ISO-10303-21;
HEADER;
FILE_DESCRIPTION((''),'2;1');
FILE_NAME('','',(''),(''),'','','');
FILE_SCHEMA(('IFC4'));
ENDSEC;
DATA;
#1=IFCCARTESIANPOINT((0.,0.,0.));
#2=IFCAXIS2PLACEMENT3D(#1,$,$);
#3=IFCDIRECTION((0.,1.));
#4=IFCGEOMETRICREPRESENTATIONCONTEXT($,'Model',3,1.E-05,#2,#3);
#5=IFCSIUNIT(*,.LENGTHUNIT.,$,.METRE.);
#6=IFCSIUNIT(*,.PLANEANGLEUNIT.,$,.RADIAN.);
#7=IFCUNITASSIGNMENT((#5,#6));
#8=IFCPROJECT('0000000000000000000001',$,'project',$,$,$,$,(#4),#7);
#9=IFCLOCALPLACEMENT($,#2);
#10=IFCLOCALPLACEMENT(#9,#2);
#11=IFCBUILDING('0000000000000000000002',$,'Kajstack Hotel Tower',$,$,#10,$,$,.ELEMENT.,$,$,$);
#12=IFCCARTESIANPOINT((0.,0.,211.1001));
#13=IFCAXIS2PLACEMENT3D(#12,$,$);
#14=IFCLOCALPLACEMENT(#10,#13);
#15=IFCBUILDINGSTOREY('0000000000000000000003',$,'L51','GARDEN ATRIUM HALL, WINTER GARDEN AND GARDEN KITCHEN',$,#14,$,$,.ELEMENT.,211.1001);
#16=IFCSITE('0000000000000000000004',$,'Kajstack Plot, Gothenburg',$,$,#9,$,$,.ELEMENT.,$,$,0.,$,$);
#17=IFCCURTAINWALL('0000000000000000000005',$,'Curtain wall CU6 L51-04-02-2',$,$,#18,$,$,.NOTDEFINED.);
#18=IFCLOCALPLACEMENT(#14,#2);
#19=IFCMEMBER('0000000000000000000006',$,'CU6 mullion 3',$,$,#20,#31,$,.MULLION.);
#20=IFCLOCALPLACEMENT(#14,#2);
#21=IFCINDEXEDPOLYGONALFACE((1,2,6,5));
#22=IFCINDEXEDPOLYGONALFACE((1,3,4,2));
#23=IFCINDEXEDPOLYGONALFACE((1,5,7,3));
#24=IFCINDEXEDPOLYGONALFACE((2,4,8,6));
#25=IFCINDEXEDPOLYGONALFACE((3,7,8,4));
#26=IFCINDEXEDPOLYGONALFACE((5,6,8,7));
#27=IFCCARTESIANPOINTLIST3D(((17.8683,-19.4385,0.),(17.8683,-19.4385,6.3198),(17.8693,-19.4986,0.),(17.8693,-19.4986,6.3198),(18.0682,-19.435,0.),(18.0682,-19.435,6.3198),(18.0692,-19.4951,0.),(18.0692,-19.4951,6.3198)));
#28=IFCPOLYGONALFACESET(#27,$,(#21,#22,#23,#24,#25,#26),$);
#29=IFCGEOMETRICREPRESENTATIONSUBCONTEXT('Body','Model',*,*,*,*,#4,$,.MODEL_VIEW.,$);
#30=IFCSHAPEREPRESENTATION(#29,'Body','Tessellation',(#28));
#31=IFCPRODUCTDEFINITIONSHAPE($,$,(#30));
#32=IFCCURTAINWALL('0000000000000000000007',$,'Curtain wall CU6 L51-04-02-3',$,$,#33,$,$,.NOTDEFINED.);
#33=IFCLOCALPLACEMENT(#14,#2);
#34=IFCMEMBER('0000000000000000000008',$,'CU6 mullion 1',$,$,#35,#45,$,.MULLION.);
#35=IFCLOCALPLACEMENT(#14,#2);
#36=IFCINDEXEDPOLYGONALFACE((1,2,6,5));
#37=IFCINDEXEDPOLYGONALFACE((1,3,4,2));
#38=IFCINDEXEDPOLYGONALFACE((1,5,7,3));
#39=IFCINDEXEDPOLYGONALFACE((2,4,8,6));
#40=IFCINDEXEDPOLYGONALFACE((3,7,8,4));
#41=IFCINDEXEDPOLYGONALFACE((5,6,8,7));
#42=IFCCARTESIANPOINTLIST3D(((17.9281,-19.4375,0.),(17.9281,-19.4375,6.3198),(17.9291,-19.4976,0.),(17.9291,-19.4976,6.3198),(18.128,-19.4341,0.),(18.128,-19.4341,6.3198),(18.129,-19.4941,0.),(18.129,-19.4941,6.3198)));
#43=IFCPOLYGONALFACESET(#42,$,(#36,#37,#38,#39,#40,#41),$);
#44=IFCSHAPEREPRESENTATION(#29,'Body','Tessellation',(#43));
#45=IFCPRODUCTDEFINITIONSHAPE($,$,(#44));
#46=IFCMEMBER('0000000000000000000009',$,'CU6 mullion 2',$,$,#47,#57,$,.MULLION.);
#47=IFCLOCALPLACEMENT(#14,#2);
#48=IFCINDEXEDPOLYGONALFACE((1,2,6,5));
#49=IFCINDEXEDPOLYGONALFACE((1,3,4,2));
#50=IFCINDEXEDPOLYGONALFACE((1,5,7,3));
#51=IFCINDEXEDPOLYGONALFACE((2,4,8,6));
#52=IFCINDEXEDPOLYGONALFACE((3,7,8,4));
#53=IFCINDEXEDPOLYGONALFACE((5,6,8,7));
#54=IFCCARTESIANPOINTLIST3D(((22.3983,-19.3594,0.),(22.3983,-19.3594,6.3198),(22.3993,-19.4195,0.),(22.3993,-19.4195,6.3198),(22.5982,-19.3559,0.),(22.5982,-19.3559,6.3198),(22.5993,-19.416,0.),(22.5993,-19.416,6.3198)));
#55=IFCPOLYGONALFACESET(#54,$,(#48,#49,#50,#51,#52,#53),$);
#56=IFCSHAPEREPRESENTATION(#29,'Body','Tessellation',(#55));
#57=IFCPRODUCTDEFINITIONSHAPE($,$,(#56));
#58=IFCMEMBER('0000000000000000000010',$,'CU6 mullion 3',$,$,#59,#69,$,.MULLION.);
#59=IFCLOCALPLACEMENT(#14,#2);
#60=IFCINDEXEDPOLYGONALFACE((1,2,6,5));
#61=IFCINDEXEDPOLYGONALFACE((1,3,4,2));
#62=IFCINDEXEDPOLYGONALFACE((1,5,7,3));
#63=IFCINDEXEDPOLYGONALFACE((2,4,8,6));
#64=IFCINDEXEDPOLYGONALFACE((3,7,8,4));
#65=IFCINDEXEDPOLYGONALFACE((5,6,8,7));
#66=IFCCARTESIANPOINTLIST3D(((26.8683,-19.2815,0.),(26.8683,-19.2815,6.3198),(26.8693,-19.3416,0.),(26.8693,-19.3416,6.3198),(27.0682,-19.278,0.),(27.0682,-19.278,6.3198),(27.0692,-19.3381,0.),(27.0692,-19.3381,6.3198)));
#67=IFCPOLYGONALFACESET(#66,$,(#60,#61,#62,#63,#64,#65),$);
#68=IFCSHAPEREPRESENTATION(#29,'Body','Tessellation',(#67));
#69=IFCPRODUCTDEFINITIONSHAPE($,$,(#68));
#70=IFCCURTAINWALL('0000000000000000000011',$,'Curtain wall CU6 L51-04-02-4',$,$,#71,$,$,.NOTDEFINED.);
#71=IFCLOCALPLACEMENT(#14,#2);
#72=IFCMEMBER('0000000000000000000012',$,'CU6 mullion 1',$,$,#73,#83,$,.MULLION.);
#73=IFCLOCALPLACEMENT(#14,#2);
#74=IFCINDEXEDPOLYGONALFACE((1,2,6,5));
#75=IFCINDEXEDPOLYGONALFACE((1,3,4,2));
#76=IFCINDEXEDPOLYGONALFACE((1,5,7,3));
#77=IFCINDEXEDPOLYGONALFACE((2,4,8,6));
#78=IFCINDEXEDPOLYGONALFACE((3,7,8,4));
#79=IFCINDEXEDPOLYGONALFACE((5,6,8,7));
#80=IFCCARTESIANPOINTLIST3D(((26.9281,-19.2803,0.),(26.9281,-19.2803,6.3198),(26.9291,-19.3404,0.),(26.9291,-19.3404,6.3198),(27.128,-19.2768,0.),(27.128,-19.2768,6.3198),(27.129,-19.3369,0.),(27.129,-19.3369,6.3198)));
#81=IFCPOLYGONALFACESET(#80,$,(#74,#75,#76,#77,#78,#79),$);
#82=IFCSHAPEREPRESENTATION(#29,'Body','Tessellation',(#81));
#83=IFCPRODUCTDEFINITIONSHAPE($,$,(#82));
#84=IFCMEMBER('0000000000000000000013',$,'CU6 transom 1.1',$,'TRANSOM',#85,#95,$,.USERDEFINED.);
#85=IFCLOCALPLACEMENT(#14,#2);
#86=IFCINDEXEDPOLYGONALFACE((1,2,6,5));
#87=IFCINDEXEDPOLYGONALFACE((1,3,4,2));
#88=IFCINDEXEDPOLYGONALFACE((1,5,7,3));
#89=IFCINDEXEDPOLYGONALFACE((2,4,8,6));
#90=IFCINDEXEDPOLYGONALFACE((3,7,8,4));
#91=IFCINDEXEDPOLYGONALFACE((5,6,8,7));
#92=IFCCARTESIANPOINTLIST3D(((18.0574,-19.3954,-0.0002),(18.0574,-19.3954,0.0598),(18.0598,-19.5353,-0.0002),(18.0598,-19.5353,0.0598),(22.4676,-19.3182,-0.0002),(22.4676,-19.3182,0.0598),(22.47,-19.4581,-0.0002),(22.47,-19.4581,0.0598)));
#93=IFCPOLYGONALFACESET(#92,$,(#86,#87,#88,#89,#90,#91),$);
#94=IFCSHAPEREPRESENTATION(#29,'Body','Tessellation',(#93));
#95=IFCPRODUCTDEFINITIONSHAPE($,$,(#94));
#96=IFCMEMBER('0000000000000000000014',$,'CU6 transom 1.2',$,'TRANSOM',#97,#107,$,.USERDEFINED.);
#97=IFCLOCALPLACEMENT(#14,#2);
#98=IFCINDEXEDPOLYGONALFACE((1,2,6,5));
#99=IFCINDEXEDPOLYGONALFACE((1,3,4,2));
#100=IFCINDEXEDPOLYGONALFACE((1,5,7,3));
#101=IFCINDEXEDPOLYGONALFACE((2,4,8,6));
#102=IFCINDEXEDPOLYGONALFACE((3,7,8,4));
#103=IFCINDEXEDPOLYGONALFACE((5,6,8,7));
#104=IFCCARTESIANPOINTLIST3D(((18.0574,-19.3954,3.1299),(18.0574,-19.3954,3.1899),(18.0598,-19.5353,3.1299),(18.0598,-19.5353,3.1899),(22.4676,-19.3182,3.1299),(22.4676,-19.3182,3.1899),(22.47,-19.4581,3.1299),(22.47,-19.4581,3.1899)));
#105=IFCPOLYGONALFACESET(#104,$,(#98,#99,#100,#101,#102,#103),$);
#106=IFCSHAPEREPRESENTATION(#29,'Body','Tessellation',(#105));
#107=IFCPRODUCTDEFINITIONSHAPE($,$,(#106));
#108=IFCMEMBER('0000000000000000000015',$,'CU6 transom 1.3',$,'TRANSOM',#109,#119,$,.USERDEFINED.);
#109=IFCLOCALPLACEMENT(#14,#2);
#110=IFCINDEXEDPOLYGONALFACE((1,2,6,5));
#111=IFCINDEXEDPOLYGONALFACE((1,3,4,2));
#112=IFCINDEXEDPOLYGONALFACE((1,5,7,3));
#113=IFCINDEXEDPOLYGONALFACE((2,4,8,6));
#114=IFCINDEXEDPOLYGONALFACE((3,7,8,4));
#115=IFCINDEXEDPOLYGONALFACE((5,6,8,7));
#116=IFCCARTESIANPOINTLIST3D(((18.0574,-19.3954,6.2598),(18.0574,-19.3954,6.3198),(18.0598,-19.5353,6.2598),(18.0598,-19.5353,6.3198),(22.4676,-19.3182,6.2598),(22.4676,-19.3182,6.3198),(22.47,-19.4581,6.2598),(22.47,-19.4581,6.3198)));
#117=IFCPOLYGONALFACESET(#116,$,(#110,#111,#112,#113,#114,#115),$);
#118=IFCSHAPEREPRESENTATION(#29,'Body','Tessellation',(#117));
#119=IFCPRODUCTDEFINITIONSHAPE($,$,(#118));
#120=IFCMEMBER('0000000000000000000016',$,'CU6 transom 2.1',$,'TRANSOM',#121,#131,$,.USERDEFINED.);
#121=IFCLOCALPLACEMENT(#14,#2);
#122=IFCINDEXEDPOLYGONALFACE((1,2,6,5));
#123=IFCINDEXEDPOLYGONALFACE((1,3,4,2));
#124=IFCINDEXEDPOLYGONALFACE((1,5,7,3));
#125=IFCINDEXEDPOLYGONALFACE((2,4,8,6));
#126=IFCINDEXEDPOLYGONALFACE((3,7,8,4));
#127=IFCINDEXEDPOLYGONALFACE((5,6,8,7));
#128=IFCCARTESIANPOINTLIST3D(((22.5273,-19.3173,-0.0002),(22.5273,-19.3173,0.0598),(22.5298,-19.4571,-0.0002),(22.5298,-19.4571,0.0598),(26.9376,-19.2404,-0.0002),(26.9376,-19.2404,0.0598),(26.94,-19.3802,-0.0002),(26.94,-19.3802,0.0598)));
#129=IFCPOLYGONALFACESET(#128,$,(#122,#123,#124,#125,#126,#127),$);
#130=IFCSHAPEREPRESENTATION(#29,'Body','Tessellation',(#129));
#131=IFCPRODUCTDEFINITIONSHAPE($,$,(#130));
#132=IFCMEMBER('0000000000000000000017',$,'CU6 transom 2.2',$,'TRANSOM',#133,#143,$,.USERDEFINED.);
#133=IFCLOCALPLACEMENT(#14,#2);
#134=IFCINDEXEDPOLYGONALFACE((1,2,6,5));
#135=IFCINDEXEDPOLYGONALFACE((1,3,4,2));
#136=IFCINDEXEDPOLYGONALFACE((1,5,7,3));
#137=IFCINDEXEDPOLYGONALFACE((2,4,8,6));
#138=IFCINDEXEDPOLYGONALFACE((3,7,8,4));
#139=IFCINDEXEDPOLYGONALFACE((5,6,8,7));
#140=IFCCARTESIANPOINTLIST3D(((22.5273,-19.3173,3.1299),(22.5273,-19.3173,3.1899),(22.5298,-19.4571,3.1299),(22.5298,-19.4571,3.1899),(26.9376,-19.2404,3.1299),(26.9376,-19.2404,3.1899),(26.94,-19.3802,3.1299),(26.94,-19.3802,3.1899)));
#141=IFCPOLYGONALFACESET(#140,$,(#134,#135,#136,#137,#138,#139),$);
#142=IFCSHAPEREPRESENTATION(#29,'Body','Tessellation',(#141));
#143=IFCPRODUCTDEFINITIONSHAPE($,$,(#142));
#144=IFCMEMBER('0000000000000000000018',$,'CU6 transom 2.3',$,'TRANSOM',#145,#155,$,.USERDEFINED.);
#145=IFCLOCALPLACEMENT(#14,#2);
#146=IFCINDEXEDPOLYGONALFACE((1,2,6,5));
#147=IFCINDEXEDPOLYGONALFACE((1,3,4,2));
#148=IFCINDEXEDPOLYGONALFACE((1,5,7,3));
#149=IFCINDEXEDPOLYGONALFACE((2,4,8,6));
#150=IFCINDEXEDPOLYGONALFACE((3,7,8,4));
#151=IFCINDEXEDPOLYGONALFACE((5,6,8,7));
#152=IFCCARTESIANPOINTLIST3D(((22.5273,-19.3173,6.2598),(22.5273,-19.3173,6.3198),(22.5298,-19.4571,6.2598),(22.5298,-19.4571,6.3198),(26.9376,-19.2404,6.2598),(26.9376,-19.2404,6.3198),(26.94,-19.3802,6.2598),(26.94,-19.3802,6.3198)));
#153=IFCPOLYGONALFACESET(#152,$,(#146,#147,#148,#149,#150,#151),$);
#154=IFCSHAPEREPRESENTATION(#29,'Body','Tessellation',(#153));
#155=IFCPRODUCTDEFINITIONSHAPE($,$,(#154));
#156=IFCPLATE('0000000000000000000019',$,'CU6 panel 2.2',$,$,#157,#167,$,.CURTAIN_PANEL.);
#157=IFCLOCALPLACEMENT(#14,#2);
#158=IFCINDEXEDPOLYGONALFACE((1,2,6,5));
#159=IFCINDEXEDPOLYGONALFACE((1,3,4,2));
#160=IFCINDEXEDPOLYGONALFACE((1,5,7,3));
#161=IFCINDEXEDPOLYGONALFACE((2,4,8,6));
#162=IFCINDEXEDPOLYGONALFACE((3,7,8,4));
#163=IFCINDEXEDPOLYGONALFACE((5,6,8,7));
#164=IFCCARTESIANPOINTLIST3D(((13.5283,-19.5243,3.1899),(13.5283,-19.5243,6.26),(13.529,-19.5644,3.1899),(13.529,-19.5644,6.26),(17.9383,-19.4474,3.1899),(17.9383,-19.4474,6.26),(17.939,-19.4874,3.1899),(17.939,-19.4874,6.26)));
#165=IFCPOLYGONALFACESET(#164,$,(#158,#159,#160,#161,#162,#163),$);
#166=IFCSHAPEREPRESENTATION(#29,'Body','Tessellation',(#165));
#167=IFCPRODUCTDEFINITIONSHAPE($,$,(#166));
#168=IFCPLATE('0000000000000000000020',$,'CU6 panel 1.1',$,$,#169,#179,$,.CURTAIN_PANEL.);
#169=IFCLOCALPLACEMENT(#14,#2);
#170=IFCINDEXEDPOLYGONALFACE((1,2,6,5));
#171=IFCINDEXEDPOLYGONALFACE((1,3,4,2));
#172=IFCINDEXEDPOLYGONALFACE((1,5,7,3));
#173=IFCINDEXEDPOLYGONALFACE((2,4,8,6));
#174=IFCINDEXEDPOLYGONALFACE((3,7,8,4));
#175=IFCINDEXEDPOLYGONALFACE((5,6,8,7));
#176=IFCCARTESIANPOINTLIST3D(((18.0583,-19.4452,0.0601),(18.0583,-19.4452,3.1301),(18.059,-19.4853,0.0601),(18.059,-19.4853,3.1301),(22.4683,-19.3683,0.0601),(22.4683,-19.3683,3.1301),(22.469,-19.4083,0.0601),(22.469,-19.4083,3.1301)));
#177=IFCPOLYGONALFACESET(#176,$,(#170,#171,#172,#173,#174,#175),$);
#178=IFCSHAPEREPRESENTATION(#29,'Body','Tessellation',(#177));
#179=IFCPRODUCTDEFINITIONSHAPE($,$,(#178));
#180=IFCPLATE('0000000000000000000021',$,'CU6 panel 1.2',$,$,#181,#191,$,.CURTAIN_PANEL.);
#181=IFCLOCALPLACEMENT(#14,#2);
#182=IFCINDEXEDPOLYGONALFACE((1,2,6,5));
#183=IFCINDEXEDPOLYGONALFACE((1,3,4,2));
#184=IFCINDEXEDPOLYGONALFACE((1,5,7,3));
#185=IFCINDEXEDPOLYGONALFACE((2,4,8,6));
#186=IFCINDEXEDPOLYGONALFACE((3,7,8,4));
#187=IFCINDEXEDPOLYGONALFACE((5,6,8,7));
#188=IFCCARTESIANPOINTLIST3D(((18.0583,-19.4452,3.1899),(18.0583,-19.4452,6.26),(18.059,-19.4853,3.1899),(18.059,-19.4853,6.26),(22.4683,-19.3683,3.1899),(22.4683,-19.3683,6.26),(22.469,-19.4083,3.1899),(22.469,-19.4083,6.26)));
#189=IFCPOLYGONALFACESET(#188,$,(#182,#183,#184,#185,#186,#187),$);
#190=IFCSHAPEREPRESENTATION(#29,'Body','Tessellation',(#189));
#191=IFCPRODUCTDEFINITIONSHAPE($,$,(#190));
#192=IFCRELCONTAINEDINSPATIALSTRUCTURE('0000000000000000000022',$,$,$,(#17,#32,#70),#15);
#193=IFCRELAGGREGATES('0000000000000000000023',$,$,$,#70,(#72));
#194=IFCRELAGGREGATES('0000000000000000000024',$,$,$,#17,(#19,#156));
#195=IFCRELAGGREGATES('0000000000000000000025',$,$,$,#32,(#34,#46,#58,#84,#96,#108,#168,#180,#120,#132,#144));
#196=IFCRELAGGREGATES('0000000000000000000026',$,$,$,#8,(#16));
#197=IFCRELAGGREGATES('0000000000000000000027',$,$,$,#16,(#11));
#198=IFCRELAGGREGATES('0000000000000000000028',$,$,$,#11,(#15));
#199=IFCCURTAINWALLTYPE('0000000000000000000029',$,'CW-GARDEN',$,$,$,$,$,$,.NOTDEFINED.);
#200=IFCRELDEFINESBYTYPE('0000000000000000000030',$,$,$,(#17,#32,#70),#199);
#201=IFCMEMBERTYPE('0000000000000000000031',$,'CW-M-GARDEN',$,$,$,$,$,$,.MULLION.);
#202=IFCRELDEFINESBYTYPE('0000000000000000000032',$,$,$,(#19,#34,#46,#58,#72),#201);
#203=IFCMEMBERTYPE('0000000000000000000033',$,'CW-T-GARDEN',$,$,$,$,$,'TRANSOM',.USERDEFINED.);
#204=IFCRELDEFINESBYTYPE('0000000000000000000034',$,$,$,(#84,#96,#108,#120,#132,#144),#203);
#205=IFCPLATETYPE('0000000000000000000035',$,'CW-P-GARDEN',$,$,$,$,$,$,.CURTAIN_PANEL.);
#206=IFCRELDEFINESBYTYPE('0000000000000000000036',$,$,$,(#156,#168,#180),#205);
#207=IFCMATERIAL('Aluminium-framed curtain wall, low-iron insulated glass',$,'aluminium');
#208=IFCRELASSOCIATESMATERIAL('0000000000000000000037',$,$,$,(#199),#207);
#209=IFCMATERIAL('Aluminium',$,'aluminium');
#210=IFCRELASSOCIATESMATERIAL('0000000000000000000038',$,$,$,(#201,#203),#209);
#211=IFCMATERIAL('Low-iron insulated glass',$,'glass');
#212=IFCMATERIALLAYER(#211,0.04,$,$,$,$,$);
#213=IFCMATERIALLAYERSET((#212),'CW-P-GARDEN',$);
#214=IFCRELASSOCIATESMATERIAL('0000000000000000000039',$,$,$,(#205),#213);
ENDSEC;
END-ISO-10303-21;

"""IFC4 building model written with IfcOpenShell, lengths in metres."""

from ifc_helpers import new_model, si_unit, direction, frame, origin, origin_2d, place, context, subcontext, project, spatial, rectangle, extrude, material, layer, layer_set, material_profile, profile_set, type_object, element, aggregate, save


model = new_model("IFC4")

# Units and contexts
model_context = context("Model", 3, precision=1e-05, world=origin(), true_north=direction((0.0, 1.0)))
body_context = subcontext(model_context, "Body", "Model", "MODEL_VIEW")
ifc_project = project(units=[si_unit("LENGTHUNIT", "METRE"), si_unit("PLANEANGLEUNIT", "RADIAN")], contexts=[model_context])

# Site, building, storey
site_placement = place(None, origin())
site = spatial("IfcSite", under=ifc_project, at=site_placement, Name="Kajstack Plot, Gothenburg", CompositionType="ELEMENT", RefElevation=0.0)
building_placement = place(site_placement, origin())
building = spatial("IfcBuilding", under=site, at=building_placement, Name="Kajstack Hotel Tower", CompositionType="ELEMENT")
storey_placement = place(building_placement, frame((0.0, 0.0, 211.1001)))
storey = spatial("IfcBuildingStorey", under=building, at=storey_placement, Name="L51", Description="GARDEN ATRIUM HALL, WINTER GARDEN AND GARDEN KITCHEN", CompositionType="ELEMENT", Elevation=211.1001)

# Curtain wall, member
ifc_material_1 = material(Name="Aluminium-framed curtain wall, low-iron insulated glass", Category="aluminium")
curtain_wall_type = type_object("IfcCurtainWallType", Name="CW-GARDEN", PredefinedType="NOTDEFINED", material=ifc_material_1)
curtain_wall_1_placement = place(storey_placement, origin())
curtain_wall_1 = element("IfcCurtainWall", 1, at=curtain_wall_1_placement, inside=storey, type_object=curtain_wall_type, Name="Curtain wall CU6 L51-04-02-2", PredefinedType="NOTDEFINED")
ifc_material_2 = material(Name="Aluminium", Category="aluminium")
ifc_material_profile_1 = material_profile(ifc_material_2, rectangle(XDim=0.0601, YDim=0.2, at=origin_2d()), Name="Aluminium mullion 60 x 200")
ifc_profile_set_1 = profile_set([ifc_material_profile_1], Name="Aluminium")
member_type_1 = type_object("IfcMemberType", Name="CW-M-GARDEN", PredefinedType="MULLION", material=ifc_profile_set_1)
member_1_placement = place(storey_placement, frame((17.9688, -19.4668, 0.0), z_axis=(0.0, 0.0, 1.0), x_axis=(-0.017453, 0.999848, 0.0)))
member_1 = element("IfcMember", 2, at=member_1_placement, type_object=member_type_1, Name="CU6 mullion 3", PredefinedType="MULLION", context=body_context, shape_type="SweptSolid", body=[
    extrude(rectangle(XDim=0.0601, YDim=0.2, at=origin_2d()), origin(), (0.0, 0.0, 1.0), 6.3198),
])

# Curtain wall, members
curtain_wall_2_placement = place(storey_placement, origin())
curtain_wall_2 = element("IfcCurtainWall", 3, at=curtain_wall_2_placement, inside=storey, type_object=curtain_wall_type, Name="Curtain wall CU6 L51-04-02-3", PredefinedType="NOTDEFINED")
member_2_placement = place(storey_placement, frame((18.0286, -19.4658, 0.0), z_axis=(0.0, 0.0, 1.0), x_axis=(-0.017453, 0.999848, 0.0)))
member_2 = element("IfcMember", 4, at=member_2_placement, type_object=member_type_1, Name="CU6 mullion 1", PredefinedType="MULLION", context=body_context, shape_type="SweptSolid", body=[
    extrude(rectangle(XDim=0.0601, YDim=0.2, at=origin_2d()), origin(), (0.0, 0.0, 1.0), 6.3198),
])
member_3_placement = place(storey_placement, frame((22.4988, -19.3877, 0.0), z_axis=(0.0, 0.0, 1.0), x_axis=(-0.017453, 0.999848, 0.0)))
member_3 = element("IfcMember", 5, at=member_3_placement, type_object=member_type_1, Name="CU6 mullion 2", PredefinedType="MULLION", context=body_context, shape_type="SweptSolid", body=[
    extrude(rectangle(XDim=0.0601, YDim=0.2, at=origin_2d()), origin(), (0.0, 0.0, 1.0), 6.3198),
])
member_4_placement = place(storey_placement, frame((26.9688, -19.3098, 0.0), z_axis=(0.0, 0.0, 1.0), x_axis=(-0.017453, 0.999848, 0.0)))
member_4 = element("IfcMember", 6, at=member_4_placement, type_object=member_type_1, Name="CU6 mullion 3", PredefinedType="MULLION", context=body_context, shape_type="SweptSolid", body=[
    extrude(rectangle(XDim=0.0601, YDim=0.2, at=origin_2d()), origin(), (0.0, 0.0, 1.0), 6.3198),
])

# Curtain wall, member
curtain_wall_3_placement = place(storey_placement, origin())
curtain_wall_3 = element("IfcCurtainWall", 7, at=curtain_wall_3_placement, inside=storey, type_object=curtain_wall_type, Name="Curtain wall CU6 L51-04-02-4", PredefinedType="NOTDEFINED")
member_5_placement = place(storey_placement, frame((27.0286, -19.3086, 0.0), z_axis=(0.0, 0.0, 1.0), x_axis=(-0.017453, 0.999848, 0.0)))
member_5 = element("IfcMember", 8, at=member_5_placement, type_object=member_type_1, Name="CU6 mullion 1", PredefinedType="MULLION", context=body_context, shape_type="SweptSolid", body=[
    extrude(rectangle(XDim=0.0601, YDim=0.2, at=origin_2d()), origin(), (0.0, 0.0, 1.0), 6.3198),
])
aggregate(curtain_wall_3, [member_5])

# Members
ifc_material_profile_2 = material_profile(ifc_material_2, rectangle(XDim=0.1399, YDim=0.0601, at=origin_2d()), Name="Aluminium transom 140 x 60")
ifc_profile_set_2 = profile_set([ifc_material_profile_2], Name="Aluminium")
member_type_2 = type_object("IfcMemberType", Name="CW-T-GARDEN", ElementType="TRANSOM", PredefinedType="USERDEFINED", material=ifc_profile_set_2)
member_6_placement = place(storey_placement, frame((18.0586, -19.4653, 0.0298), z_axis=(0.999847, 0.017491, 0.0), x_axis=(-0.017491, 0.999847, 0.0)))
member_6 = element("IfcMember", 9, at=member_6_placement, type_object=member_type_2, Name="CU6 transom 1.1", ObjectType="TRANSOM", PredefinedType="USERDEFINED", context=body_context, shape_type="SweptSolid", body=[
    extrude(rectangle(XDim=0.1399, YDim=0.0601, at=origin_2d()), origin(), (0.0, 0.0, 1.0), 4.4109),
])
member_7_placement = place(storey_placement, frame((18.0586, -19.4653, 3.1599), z_axis=(0.999847, 0.017491, 0.0), x_axis=(-0.017491, 0.999847, 0.0)))
member_7 = element("IfcMember", 10, at=member_7_placement, type_object=member_type_2, Name="CU6 transom 1.2", ObjectType="TRANSOM", PredefinedType="USERDEFINED", context=body_context, shape_type="SweptSolid", body=[
    extrude(rectangle(XDim=0.1399, YDim=0.0601, at=origin_2d()), origin(), (0.0, 0.0, 1.0), 4.4109),
])
member_8_placement = place(storey_placement, frame((18.0586, -19.4653, 6.2898), z_axis=(0.999847, 0.017491, 0.0), x_axis=(-0.017491, 0.999847, 0.0)))
member_8 = element("IfcMember", 11, at=member_8_placement, type_object=member_type_2, Name="CU6 transom 1.3", ObjectType="TRANSOM", PredefinedType="USERDEFINED", context=body_context, shape_type="SweptSolid", body=[
    extrude(rectangle(XDim=0.1399, YDim=0.0601, at=origin_2d()), origin(), (0.0, 0.0, 1.0), 4.4109),
])
member_9_placement = place(storey_placement, frame((22.5286, -19.3872, 0.0298), z_axis=(0.999848, 0.017435, 0.0), x_axis=(-0.017435, 0.999848, 0.0)))
member_9 = element("IfcMember", 12, at=member_9_placement, type_object=member_type_2, Name="CU6 transom 2.1", ObjectType="TRANSOM", PredefinedType="USERDEFINED", context=body_context, shape_type="SweptSolid", body=[
    extrude(rectangle(XDim=0.1399, YDim=0.0601, at=origin_2d()), origin(), (0.0, 0.0, 1.0), 4.4109),
])
member_10_placement = place(storey_placement, frame((22.5286, -19.3872, 3.1599), z_axis=(0.999848, 0.017435, 0.0), x_axis=(-0.017435, 0.999848, 0.0)))
member_10 = element("IfcMember", 13, at=member_10_placement, type_object=member_type_2, Name="CU6 transom 2.2", ObjectType="TRANSOM", PredefinedType="USERDEFINED", context=body_context, shape_type="SweptSolid", body=[
    extrude(rectangle(XDim=0.1399, YDim=0.0601, at=origin_2d()), origin(), (0.0, 0.0, 1.0), 4.4109),
])
member_11_placement = place(storey_placement, frame((22.5286, -19.3872, 6.2898), z_axis=(0.999848, 0.017435, 0.0), x_axis=(-0.017435, 0.999848, 0.0)))
member_11 = element("IfcMember", 14, at=member_11_placement, type_object=member_type_2, Name="CU6 transom 2.3", ObjectType="TRANSOM", PredefinedType="USERDEFINED", context=body_context, shape_type="SweptSolid", body=[
    extrude(rectangle(XDim=0.1399, YDim=0.0601, at=origin_2d()), origin(), (0.0, 0.0, 1.0), 4.4109),
])

# Plates
ifc_material_3 = material(Name="Low-iron insulated glass", Category="glass")
ifc_layer_1 = layer(ifc_material_3, 0.04)
ifc_layer_set_1 = layer_set([ifc_layer_1], Name="CW-P-GARDEN")
plate_type = type_object("IfcPlateType", Name="CW-P-GARDEN", PredefinedType="CURTAIN_PANEL", material=ifc_layer_set_1)
plate_1_placement = place(storey_placement, frame((15.7336, -19.5059, 3.1899), z_axis=(0.0, 0.0, 1.0), x_axis=(0.999848, 0.017453, 0.0)))
plate_1 = element("IfcPlate", 15, at=plate_1_placement, type_object=plate_type, Name="CU6 panel 2.2", PredefinedType="CURTAIN_PANEL", context=body_context, shape_type="SweptSolid", body=[
    extrude(rectangle(XDim=4.4106, YDim=0.04, at=origin_2d()), origin(), (0.0, 0.0, 1.0), 3.0701),
])
aggregate(curtain_wall_1, [member_1, plate_1])
plate_2_placement = place(storey_placement, frame((20.2637, -19.4268, 0.0601), z_axis=(0.0, 0.0, 1.0), x_axis=(0.999848, 0.017453, 0.0)))
plate_2 = element("IfcPlate", 16, at=plate_2_placement, type_object=plate_type, Name="CU6 panel 1.1", PredefinedType="CURTAIN_PANEL", context=body_context, shape_type="SweptSolid", body=[
    extrude(rectangle(XDim=4.4106, YDim=0.04, at=origin_2d()), origin(), (0.0, 0.0, 1.0), 3.0701),
])
plate_3_placement = place(storey_placement, frame((20.2637, -19.4268, 3.1899), z_axis=(0.0, 0.0, 1.0), x_axis=(0.999848, 0.017453, 0.0)))
plate_3 = element("IfcPlate", 17, at=plate_3_placement, type_object=plate_type, Name="CU6 panel 1.2", PredefinedType="CURTAIN_PANEL", context=body_context, shape_type="SweptSolid", body=[
    extrude(rectangle(XDim=4.4106, YDim=0.04, at=origin_2d()), origin(), (0.0, 0.0, 1.0), 3.0701),
])
aggregate(curtain_wall_2, [member_2, member_3, member_4, member_6, member_7, member_8, plate_2, plate_3, member_9, member_10, member_11])

save(model, "model.ifc")
